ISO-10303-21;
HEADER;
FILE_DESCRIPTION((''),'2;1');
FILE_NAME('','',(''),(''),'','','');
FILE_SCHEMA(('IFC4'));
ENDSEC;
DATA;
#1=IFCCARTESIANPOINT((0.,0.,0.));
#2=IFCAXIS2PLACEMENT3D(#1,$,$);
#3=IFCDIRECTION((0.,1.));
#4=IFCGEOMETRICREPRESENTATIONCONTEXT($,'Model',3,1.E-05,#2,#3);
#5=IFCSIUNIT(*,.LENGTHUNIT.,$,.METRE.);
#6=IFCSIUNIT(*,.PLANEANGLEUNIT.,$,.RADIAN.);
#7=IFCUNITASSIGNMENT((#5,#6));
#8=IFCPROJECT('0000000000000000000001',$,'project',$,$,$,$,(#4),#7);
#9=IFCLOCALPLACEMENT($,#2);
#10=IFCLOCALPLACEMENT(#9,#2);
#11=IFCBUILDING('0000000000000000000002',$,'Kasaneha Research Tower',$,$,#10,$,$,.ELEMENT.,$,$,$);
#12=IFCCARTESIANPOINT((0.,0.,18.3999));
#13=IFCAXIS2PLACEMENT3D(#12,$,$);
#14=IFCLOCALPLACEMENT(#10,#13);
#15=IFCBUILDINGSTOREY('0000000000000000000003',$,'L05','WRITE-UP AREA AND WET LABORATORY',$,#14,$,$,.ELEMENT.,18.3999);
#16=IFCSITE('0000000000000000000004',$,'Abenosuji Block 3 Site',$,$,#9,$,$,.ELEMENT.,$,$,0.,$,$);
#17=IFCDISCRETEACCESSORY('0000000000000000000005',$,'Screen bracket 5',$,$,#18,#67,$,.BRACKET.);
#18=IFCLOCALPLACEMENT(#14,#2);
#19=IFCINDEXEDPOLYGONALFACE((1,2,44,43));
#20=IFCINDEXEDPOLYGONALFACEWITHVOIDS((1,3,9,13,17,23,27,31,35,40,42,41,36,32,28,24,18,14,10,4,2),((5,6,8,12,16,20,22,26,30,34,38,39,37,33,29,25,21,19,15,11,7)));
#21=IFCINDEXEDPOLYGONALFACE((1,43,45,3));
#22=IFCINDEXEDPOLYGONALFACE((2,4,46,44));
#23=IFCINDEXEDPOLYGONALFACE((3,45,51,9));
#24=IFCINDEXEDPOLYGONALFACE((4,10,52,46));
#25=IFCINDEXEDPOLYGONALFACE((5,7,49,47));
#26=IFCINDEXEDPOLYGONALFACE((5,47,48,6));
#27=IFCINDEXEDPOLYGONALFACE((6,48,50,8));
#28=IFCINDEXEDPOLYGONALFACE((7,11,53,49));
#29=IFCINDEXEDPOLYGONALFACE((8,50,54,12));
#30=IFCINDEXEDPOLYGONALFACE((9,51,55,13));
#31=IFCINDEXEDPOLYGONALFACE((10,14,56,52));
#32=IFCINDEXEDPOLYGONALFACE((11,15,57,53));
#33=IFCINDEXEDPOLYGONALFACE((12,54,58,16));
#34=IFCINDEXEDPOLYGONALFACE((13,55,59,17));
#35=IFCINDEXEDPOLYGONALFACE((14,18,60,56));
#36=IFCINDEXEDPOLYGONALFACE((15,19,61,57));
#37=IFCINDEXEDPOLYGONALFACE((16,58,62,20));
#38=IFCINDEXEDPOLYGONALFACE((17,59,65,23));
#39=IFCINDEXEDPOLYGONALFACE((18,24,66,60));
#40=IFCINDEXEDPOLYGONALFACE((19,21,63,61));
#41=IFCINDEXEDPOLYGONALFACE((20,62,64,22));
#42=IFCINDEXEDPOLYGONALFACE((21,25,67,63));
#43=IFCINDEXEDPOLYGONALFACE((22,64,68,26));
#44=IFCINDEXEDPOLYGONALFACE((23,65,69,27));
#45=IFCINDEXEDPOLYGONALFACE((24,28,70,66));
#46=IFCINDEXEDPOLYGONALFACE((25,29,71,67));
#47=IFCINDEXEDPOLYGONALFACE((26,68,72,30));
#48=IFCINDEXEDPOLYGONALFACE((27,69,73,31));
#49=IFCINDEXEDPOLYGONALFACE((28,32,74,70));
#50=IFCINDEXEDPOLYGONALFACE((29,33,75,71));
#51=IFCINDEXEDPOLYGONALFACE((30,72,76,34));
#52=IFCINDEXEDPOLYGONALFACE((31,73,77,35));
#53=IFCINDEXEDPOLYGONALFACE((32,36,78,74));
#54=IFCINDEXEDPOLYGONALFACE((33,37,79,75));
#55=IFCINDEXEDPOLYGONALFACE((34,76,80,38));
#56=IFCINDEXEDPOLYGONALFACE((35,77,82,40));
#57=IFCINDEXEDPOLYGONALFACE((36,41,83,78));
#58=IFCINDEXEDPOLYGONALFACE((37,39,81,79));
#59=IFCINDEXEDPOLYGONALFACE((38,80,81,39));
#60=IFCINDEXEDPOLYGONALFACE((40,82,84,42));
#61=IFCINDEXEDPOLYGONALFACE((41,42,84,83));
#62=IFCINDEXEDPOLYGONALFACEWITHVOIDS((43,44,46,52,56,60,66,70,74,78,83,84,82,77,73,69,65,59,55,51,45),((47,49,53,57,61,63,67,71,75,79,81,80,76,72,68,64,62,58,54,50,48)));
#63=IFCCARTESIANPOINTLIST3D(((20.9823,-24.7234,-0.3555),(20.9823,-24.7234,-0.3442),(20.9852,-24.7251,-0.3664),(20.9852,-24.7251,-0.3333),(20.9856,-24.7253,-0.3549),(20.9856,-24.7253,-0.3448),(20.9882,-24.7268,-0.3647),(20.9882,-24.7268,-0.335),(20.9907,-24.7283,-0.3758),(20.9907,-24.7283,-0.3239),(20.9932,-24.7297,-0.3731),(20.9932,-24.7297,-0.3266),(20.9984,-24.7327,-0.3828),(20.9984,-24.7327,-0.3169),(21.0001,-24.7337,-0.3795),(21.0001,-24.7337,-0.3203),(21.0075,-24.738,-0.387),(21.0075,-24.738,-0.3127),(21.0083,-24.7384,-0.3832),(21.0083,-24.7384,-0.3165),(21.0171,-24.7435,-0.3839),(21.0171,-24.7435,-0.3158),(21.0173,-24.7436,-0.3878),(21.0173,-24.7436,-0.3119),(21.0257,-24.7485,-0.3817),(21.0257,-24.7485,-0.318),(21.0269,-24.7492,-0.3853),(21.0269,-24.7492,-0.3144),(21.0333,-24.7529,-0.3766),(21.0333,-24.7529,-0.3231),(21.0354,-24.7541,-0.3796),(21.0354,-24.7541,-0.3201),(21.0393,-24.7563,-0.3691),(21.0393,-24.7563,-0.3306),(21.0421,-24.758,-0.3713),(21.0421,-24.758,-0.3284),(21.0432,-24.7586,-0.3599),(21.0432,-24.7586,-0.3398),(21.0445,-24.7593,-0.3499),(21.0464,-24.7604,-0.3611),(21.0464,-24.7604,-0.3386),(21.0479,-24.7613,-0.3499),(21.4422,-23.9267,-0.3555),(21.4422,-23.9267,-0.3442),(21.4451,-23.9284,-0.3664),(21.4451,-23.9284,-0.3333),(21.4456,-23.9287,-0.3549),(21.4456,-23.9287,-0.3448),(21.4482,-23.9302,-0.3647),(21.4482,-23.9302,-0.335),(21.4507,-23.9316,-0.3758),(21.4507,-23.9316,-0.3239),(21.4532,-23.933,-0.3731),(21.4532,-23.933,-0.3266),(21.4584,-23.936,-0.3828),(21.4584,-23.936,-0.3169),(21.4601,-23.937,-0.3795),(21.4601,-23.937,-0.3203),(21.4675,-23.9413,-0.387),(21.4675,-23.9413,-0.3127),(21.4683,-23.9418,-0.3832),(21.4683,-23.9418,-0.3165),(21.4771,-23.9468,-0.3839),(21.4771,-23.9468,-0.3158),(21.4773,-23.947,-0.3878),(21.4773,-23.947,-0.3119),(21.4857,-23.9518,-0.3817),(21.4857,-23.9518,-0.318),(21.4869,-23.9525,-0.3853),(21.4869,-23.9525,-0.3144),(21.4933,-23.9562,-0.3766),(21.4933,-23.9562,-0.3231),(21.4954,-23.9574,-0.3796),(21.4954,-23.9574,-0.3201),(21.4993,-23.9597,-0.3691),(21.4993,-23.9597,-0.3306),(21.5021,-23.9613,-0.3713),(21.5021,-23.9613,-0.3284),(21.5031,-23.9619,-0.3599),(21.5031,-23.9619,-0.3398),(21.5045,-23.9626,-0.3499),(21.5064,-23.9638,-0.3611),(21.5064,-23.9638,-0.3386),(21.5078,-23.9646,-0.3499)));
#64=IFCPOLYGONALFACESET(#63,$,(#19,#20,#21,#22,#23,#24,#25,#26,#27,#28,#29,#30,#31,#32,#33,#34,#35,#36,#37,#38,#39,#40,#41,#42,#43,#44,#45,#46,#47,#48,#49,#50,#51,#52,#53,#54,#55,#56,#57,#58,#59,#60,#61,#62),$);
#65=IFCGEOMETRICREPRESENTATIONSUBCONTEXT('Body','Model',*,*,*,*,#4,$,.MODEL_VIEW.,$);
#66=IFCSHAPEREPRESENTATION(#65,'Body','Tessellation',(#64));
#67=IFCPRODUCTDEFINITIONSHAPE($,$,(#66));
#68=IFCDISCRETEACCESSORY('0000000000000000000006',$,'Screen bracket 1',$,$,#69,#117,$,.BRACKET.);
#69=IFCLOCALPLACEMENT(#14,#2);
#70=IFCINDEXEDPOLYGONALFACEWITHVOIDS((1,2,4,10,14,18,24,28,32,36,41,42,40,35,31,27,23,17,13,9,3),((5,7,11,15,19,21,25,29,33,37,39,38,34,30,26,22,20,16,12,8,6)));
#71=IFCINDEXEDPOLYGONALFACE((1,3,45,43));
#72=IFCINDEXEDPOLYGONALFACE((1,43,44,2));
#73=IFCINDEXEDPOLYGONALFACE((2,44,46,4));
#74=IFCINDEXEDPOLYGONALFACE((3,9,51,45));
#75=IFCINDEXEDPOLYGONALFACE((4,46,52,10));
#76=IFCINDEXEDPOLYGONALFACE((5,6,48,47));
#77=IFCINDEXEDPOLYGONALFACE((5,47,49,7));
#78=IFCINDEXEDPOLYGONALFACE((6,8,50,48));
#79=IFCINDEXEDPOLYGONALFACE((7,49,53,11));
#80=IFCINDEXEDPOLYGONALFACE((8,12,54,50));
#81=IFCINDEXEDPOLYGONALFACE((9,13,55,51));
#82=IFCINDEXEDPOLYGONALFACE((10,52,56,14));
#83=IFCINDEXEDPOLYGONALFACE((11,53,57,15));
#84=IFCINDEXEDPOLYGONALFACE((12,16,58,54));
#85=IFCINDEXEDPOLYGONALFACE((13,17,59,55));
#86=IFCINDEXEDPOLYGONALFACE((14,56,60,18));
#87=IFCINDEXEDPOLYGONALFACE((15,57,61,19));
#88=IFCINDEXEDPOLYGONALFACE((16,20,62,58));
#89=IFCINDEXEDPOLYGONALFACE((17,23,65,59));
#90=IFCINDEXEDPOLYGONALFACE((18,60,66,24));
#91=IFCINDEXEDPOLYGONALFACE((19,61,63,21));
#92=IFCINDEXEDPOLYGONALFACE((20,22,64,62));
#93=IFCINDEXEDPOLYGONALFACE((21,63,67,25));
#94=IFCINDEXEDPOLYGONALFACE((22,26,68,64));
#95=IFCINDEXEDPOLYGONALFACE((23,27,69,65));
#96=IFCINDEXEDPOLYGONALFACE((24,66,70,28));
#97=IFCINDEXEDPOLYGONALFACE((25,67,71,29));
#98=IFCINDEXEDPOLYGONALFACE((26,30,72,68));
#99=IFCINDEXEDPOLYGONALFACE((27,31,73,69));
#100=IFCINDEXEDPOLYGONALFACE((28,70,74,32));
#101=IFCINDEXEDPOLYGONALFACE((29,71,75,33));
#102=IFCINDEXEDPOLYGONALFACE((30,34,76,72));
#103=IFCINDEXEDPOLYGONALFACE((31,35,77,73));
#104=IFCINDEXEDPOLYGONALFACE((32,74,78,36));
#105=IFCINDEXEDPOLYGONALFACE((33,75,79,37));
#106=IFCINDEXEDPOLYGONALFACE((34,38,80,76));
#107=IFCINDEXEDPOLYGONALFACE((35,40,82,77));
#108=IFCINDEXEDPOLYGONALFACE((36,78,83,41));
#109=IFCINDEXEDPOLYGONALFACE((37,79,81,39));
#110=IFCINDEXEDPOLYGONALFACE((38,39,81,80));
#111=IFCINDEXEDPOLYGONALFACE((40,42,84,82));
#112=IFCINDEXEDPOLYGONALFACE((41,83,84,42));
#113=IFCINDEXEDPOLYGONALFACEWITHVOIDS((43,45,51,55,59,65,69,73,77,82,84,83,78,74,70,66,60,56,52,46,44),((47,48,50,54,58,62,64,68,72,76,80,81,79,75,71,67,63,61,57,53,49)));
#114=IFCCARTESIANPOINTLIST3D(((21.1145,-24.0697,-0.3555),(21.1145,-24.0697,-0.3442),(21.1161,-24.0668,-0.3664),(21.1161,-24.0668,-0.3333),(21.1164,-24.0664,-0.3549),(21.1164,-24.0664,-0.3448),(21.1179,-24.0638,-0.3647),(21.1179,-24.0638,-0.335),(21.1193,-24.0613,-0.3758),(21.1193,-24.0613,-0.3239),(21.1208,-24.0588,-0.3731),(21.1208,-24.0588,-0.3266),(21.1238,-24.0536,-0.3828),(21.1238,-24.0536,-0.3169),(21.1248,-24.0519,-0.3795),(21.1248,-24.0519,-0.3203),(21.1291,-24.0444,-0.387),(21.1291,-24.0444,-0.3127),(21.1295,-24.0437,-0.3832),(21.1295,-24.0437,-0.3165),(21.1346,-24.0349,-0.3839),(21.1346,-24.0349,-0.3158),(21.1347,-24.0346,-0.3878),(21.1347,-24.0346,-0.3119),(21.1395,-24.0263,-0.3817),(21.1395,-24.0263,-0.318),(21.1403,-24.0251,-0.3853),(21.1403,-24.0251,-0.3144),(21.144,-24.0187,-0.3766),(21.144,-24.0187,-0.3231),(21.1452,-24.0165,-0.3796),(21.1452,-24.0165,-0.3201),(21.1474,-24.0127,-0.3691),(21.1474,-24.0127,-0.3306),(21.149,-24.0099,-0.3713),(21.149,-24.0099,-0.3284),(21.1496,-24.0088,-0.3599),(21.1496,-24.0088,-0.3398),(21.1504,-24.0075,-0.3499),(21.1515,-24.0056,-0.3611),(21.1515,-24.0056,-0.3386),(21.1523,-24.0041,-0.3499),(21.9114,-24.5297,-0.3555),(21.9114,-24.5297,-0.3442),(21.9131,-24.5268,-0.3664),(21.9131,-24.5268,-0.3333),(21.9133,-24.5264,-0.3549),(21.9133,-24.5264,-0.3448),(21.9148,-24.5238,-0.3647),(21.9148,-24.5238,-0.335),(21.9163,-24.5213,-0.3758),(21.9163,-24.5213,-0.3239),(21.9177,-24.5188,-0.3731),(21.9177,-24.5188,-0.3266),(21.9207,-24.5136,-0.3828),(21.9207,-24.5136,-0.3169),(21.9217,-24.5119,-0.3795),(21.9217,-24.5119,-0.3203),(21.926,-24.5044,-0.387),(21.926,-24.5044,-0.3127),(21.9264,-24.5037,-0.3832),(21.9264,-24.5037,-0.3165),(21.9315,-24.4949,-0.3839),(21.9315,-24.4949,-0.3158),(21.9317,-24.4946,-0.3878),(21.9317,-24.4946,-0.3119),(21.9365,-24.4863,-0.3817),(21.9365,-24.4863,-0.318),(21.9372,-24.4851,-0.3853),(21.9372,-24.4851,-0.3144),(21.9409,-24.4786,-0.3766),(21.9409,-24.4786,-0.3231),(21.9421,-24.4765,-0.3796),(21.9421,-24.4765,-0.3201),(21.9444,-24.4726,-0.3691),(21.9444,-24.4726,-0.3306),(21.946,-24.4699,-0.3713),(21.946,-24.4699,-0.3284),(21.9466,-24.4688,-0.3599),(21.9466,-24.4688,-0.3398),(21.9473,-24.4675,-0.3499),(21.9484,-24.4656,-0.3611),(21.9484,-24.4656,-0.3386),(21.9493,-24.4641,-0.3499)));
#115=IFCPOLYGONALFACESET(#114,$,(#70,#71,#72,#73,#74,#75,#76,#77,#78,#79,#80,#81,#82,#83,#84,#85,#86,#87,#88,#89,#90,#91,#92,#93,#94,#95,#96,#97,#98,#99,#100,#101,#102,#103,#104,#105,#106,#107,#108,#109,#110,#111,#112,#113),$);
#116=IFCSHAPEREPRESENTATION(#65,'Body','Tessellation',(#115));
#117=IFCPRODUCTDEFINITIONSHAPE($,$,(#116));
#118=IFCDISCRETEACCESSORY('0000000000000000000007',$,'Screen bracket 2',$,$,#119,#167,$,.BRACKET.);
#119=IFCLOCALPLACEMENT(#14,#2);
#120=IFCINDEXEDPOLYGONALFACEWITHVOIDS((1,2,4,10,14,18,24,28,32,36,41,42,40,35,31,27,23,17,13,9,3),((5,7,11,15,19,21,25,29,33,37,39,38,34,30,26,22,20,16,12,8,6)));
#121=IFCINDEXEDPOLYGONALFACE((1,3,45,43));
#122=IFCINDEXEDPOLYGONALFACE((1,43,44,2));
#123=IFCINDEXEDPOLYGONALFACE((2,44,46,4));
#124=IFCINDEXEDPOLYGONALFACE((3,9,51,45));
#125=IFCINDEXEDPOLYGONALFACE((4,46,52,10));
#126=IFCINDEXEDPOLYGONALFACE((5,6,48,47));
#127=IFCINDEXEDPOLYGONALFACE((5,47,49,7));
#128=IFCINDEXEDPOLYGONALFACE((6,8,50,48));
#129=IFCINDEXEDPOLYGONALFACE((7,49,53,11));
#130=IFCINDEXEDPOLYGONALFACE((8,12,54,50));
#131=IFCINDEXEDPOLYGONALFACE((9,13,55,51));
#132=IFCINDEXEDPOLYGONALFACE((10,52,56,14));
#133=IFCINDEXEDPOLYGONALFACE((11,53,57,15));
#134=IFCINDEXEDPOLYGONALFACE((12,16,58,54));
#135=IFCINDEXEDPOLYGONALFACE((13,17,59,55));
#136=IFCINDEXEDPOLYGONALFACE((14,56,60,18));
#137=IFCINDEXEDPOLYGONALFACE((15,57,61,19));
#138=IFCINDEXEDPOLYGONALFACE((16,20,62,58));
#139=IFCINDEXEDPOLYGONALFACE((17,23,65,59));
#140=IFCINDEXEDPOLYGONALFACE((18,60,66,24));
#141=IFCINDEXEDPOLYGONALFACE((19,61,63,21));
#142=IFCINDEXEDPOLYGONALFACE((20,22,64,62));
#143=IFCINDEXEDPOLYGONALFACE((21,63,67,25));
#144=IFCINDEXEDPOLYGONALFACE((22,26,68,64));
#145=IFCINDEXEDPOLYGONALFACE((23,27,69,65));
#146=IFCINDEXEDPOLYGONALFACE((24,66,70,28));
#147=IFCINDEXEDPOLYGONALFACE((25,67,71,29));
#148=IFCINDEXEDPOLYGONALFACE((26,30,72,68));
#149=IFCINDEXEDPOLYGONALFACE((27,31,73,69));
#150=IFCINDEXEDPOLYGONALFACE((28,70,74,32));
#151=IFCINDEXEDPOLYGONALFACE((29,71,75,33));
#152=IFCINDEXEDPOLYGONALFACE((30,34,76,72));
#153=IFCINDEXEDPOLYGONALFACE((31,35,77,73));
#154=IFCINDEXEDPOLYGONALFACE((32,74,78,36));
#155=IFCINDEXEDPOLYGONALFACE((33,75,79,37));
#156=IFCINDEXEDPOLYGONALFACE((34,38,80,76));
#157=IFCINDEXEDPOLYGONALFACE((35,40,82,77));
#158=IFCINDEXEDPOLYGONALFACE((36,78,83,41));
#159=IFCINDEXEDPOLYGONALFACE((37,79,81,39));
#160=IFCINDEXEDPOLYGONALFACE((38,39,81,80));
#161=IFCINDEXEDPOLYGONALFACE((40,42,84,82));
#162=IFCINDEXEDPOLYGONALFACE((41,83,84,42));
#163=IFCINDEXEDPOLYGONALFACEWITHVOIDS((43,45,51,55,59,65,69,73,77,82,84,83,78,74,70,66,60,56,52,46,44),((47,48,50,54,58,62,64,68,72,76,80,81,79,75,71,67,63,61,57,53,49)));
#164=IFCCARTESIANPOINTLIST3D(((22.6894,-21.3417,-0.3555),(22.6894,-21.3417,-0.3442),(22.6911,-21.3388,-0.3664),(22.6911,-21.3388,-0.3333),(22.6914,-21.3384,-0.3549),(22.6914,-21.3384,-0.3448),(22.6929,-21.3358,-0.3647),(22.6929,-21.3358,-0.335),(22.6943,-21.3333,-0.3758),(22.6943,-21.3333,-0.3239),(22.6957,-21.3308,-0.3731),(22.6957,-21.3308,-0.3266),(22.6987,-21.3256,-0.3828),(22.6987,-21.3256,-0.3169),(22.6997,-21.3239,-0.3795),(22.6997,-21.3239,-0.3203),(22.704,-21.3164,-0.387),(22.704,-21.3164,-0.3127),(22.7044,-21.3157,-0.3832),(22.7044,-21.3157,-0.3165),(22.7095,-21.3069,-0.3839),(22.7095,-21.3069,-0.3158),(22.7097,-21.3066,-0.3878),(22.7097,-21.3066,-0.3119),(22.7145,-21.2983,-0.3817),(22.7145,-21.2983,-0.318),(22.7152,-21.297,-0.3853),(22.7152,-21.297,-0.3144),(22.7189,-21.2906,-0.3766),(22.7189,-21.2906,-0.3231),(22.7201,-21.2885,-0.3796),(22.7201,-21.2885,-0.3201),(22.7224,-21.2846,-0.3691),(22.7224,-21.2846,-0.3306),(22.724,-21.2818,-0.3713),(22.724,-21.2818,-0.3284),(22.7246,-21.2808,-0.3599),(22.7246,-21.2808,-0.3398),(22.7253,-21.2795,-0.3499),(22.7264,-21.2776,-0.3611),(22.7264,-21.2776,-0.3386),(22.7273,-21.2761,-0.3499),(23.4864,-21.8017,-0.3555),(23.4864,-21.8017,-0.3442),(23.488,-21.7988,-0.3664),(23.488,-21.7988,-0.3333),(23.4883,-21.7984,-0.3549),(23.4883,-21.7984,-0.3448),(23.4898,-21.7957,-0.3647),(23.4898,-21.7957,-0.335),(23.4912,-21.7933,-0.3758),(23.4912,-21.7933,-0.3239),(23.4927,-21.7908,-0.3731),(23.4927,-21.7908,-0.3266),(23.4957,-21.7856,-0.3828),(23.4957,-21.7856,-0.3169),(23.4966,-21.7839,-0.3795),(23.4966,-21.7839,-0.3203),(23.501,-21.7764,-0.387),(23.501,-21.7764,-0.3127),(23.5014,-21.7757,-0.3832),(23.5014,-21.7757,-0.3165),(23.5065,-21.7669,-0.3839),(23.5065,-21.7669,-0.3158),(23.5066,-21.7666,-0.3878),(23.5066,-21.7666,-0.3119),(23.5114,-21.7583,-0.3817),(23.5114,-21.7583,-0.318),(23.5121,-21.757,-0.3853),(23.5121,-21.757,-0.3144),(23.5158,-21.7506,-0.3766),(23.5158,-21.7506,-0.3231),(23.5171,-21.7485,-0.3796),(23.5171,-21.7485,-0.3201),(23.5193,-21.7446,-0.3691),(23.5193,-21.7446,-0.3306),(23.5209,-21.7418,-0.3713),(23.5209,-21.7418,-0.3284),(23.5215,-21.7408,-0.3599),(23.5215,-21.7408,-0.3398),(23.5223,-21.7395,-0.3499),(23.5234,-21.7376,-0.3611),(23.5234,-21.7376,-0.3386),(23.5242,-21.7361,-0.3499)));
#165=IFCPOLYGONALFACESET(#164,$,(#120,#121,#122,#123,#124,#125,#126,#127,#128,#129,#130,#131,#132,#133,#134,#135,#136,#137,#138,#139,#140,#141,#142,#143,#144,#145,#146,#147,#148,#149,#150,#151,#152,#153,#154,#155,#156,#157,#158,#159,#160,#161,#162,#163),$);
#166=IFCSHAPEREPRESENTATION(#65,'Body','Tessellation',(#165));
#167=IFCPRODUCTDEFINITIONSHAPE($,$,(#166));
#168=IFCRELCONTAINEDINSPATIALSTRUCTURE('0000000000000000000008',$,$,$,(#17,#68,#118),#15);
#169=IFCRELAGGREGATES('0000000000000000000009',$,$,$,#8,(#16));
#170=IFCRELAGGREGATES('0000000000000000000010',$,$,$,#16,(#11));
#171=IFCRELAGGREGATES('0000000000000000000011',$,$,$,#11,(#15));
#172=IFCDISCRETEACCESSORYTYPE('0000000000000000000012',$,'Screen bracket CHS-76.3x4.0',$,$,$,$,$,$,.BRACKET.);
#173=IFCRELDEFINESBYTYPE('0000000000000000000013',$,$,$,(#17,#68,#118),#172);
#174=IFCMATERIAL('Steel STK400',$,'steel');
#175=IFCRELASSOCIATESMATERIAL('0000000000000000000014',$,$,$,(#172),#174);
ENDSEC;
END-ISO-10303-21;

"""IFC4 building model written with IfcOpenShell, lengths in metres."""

from ifc_helpers import new_model, si_unit, direction, frame, origin, origin_2d, place, context, subcontext, project, spatial, hollow_circle, extrude, material, material_profile, profile_set, type_object, element, save


model = new_model("IFC4")

# Units and contexts
model_context = context("Model", 3, precision=1e-05, world=origin(), true_north=direction((0.0, 1.0)))
body_context = subcontext(model_context, "Body", "Model", "MODEL_VIEW")
ifc_project = project(units=[si_unit("LENGTHUNIT", "METRE"), si_unit("PLANEANGLEUNIT", "RADIAN")], contexts=[model_context])

# Site, building, storey
site_placement = place(None, origin())
site = spatial("IfcSite", under=ifc_project, at=site_placement, Name="Abenosuji Block 3 Site", CompositionType="ELEMENT", RefElevation=0.0)
building_placement = place(site_placement, origin())
building = spatial("IfcBuilding", under=site, at=building_placement, Name="Kasaneha Research Tower", CompositionType="ELEMENT")
storey_placement = place(building_placement, frame((0.0, 0.0, 18.3999)))
storey = spatial("IfcBuildingStorey", under=building, at=storey_placement, Name="L05", Description="WRITE-UP AREA AND WET LABORATORY", CompositionType="ELEMENT", Elevation=18.3999)

# Discrete accessories
ifc_material_1 = material(Name="Steel STK400", Category="steel")
ifc_material_profile_1 = material_profile(ifc_material_1, hollow_circle(Radius=0.0381, WallThickness=0.0039, at=origin_2d()), Name="CHS-76.3x4.0")
ifc_profile_set_1 = profile_set([ifc_material_profile_1], Name="Steel STK400")
discrete_accessory_type = type_object("IfcDiscreteAccessoryType", Name="Screen bracket CHS-76.3x4.0", PredefinedType="BRACKET", material=ifc_profile_set_1)
discrete_accessory_1_placement = place(storey_placement, frame((21.4749, -23.9456, -0.3499), z_axis=(-0.500021, -0.866013, 0.0), x_axis=(0.866013, -0.500021, 0.0)))
element("IfcDiscreteAccessory", 1, at=discrete_accessory_1_placement, inside=storey, type_object=discrete_accessory_type, Name="Screen bracket 5", PredefinedType="BRACKET", context=body_context, shape_type="SweptSolid", body=[
    extrude(hollow_circle(Radius=0.0381, WallThickness=0.0039, at=origin_2d()), origin(), (0.0, 0.0, 1.0), 0.9199),
])
for number, where, z_axis, x_axis, name in (
    (2, (21.1333, -24.0371, -0.3499), (0.86608, -0.499906, 0.0), (0.499906, 0.86608, 0.0), "Screen bracket 1"),
    (3, (22.7083, -21.3091, -0.3499), (0.86608, -0.499906, 0.0), (0.499906, 0.86608, 0.0), "Screen bracket 2"),
):
    element("IfcDiscreteAccessory", number, at=place(storey_placement, frame(where, z_axis=z_axis, x_axis=x_axis)), inside=storey, type_object=discrete_accessory_type, Name=name, PredefinedType="BRACKET", context=body_context, shape_type="SweptSolid", body=[
        extrude(hollow_circle(Radius=0.0381, WallThickness=0.0039, at=origin_2d()), origin(), (0.0, 0.0, 1.0), 0.9202),
    ])

save(model, "model.ifc")
